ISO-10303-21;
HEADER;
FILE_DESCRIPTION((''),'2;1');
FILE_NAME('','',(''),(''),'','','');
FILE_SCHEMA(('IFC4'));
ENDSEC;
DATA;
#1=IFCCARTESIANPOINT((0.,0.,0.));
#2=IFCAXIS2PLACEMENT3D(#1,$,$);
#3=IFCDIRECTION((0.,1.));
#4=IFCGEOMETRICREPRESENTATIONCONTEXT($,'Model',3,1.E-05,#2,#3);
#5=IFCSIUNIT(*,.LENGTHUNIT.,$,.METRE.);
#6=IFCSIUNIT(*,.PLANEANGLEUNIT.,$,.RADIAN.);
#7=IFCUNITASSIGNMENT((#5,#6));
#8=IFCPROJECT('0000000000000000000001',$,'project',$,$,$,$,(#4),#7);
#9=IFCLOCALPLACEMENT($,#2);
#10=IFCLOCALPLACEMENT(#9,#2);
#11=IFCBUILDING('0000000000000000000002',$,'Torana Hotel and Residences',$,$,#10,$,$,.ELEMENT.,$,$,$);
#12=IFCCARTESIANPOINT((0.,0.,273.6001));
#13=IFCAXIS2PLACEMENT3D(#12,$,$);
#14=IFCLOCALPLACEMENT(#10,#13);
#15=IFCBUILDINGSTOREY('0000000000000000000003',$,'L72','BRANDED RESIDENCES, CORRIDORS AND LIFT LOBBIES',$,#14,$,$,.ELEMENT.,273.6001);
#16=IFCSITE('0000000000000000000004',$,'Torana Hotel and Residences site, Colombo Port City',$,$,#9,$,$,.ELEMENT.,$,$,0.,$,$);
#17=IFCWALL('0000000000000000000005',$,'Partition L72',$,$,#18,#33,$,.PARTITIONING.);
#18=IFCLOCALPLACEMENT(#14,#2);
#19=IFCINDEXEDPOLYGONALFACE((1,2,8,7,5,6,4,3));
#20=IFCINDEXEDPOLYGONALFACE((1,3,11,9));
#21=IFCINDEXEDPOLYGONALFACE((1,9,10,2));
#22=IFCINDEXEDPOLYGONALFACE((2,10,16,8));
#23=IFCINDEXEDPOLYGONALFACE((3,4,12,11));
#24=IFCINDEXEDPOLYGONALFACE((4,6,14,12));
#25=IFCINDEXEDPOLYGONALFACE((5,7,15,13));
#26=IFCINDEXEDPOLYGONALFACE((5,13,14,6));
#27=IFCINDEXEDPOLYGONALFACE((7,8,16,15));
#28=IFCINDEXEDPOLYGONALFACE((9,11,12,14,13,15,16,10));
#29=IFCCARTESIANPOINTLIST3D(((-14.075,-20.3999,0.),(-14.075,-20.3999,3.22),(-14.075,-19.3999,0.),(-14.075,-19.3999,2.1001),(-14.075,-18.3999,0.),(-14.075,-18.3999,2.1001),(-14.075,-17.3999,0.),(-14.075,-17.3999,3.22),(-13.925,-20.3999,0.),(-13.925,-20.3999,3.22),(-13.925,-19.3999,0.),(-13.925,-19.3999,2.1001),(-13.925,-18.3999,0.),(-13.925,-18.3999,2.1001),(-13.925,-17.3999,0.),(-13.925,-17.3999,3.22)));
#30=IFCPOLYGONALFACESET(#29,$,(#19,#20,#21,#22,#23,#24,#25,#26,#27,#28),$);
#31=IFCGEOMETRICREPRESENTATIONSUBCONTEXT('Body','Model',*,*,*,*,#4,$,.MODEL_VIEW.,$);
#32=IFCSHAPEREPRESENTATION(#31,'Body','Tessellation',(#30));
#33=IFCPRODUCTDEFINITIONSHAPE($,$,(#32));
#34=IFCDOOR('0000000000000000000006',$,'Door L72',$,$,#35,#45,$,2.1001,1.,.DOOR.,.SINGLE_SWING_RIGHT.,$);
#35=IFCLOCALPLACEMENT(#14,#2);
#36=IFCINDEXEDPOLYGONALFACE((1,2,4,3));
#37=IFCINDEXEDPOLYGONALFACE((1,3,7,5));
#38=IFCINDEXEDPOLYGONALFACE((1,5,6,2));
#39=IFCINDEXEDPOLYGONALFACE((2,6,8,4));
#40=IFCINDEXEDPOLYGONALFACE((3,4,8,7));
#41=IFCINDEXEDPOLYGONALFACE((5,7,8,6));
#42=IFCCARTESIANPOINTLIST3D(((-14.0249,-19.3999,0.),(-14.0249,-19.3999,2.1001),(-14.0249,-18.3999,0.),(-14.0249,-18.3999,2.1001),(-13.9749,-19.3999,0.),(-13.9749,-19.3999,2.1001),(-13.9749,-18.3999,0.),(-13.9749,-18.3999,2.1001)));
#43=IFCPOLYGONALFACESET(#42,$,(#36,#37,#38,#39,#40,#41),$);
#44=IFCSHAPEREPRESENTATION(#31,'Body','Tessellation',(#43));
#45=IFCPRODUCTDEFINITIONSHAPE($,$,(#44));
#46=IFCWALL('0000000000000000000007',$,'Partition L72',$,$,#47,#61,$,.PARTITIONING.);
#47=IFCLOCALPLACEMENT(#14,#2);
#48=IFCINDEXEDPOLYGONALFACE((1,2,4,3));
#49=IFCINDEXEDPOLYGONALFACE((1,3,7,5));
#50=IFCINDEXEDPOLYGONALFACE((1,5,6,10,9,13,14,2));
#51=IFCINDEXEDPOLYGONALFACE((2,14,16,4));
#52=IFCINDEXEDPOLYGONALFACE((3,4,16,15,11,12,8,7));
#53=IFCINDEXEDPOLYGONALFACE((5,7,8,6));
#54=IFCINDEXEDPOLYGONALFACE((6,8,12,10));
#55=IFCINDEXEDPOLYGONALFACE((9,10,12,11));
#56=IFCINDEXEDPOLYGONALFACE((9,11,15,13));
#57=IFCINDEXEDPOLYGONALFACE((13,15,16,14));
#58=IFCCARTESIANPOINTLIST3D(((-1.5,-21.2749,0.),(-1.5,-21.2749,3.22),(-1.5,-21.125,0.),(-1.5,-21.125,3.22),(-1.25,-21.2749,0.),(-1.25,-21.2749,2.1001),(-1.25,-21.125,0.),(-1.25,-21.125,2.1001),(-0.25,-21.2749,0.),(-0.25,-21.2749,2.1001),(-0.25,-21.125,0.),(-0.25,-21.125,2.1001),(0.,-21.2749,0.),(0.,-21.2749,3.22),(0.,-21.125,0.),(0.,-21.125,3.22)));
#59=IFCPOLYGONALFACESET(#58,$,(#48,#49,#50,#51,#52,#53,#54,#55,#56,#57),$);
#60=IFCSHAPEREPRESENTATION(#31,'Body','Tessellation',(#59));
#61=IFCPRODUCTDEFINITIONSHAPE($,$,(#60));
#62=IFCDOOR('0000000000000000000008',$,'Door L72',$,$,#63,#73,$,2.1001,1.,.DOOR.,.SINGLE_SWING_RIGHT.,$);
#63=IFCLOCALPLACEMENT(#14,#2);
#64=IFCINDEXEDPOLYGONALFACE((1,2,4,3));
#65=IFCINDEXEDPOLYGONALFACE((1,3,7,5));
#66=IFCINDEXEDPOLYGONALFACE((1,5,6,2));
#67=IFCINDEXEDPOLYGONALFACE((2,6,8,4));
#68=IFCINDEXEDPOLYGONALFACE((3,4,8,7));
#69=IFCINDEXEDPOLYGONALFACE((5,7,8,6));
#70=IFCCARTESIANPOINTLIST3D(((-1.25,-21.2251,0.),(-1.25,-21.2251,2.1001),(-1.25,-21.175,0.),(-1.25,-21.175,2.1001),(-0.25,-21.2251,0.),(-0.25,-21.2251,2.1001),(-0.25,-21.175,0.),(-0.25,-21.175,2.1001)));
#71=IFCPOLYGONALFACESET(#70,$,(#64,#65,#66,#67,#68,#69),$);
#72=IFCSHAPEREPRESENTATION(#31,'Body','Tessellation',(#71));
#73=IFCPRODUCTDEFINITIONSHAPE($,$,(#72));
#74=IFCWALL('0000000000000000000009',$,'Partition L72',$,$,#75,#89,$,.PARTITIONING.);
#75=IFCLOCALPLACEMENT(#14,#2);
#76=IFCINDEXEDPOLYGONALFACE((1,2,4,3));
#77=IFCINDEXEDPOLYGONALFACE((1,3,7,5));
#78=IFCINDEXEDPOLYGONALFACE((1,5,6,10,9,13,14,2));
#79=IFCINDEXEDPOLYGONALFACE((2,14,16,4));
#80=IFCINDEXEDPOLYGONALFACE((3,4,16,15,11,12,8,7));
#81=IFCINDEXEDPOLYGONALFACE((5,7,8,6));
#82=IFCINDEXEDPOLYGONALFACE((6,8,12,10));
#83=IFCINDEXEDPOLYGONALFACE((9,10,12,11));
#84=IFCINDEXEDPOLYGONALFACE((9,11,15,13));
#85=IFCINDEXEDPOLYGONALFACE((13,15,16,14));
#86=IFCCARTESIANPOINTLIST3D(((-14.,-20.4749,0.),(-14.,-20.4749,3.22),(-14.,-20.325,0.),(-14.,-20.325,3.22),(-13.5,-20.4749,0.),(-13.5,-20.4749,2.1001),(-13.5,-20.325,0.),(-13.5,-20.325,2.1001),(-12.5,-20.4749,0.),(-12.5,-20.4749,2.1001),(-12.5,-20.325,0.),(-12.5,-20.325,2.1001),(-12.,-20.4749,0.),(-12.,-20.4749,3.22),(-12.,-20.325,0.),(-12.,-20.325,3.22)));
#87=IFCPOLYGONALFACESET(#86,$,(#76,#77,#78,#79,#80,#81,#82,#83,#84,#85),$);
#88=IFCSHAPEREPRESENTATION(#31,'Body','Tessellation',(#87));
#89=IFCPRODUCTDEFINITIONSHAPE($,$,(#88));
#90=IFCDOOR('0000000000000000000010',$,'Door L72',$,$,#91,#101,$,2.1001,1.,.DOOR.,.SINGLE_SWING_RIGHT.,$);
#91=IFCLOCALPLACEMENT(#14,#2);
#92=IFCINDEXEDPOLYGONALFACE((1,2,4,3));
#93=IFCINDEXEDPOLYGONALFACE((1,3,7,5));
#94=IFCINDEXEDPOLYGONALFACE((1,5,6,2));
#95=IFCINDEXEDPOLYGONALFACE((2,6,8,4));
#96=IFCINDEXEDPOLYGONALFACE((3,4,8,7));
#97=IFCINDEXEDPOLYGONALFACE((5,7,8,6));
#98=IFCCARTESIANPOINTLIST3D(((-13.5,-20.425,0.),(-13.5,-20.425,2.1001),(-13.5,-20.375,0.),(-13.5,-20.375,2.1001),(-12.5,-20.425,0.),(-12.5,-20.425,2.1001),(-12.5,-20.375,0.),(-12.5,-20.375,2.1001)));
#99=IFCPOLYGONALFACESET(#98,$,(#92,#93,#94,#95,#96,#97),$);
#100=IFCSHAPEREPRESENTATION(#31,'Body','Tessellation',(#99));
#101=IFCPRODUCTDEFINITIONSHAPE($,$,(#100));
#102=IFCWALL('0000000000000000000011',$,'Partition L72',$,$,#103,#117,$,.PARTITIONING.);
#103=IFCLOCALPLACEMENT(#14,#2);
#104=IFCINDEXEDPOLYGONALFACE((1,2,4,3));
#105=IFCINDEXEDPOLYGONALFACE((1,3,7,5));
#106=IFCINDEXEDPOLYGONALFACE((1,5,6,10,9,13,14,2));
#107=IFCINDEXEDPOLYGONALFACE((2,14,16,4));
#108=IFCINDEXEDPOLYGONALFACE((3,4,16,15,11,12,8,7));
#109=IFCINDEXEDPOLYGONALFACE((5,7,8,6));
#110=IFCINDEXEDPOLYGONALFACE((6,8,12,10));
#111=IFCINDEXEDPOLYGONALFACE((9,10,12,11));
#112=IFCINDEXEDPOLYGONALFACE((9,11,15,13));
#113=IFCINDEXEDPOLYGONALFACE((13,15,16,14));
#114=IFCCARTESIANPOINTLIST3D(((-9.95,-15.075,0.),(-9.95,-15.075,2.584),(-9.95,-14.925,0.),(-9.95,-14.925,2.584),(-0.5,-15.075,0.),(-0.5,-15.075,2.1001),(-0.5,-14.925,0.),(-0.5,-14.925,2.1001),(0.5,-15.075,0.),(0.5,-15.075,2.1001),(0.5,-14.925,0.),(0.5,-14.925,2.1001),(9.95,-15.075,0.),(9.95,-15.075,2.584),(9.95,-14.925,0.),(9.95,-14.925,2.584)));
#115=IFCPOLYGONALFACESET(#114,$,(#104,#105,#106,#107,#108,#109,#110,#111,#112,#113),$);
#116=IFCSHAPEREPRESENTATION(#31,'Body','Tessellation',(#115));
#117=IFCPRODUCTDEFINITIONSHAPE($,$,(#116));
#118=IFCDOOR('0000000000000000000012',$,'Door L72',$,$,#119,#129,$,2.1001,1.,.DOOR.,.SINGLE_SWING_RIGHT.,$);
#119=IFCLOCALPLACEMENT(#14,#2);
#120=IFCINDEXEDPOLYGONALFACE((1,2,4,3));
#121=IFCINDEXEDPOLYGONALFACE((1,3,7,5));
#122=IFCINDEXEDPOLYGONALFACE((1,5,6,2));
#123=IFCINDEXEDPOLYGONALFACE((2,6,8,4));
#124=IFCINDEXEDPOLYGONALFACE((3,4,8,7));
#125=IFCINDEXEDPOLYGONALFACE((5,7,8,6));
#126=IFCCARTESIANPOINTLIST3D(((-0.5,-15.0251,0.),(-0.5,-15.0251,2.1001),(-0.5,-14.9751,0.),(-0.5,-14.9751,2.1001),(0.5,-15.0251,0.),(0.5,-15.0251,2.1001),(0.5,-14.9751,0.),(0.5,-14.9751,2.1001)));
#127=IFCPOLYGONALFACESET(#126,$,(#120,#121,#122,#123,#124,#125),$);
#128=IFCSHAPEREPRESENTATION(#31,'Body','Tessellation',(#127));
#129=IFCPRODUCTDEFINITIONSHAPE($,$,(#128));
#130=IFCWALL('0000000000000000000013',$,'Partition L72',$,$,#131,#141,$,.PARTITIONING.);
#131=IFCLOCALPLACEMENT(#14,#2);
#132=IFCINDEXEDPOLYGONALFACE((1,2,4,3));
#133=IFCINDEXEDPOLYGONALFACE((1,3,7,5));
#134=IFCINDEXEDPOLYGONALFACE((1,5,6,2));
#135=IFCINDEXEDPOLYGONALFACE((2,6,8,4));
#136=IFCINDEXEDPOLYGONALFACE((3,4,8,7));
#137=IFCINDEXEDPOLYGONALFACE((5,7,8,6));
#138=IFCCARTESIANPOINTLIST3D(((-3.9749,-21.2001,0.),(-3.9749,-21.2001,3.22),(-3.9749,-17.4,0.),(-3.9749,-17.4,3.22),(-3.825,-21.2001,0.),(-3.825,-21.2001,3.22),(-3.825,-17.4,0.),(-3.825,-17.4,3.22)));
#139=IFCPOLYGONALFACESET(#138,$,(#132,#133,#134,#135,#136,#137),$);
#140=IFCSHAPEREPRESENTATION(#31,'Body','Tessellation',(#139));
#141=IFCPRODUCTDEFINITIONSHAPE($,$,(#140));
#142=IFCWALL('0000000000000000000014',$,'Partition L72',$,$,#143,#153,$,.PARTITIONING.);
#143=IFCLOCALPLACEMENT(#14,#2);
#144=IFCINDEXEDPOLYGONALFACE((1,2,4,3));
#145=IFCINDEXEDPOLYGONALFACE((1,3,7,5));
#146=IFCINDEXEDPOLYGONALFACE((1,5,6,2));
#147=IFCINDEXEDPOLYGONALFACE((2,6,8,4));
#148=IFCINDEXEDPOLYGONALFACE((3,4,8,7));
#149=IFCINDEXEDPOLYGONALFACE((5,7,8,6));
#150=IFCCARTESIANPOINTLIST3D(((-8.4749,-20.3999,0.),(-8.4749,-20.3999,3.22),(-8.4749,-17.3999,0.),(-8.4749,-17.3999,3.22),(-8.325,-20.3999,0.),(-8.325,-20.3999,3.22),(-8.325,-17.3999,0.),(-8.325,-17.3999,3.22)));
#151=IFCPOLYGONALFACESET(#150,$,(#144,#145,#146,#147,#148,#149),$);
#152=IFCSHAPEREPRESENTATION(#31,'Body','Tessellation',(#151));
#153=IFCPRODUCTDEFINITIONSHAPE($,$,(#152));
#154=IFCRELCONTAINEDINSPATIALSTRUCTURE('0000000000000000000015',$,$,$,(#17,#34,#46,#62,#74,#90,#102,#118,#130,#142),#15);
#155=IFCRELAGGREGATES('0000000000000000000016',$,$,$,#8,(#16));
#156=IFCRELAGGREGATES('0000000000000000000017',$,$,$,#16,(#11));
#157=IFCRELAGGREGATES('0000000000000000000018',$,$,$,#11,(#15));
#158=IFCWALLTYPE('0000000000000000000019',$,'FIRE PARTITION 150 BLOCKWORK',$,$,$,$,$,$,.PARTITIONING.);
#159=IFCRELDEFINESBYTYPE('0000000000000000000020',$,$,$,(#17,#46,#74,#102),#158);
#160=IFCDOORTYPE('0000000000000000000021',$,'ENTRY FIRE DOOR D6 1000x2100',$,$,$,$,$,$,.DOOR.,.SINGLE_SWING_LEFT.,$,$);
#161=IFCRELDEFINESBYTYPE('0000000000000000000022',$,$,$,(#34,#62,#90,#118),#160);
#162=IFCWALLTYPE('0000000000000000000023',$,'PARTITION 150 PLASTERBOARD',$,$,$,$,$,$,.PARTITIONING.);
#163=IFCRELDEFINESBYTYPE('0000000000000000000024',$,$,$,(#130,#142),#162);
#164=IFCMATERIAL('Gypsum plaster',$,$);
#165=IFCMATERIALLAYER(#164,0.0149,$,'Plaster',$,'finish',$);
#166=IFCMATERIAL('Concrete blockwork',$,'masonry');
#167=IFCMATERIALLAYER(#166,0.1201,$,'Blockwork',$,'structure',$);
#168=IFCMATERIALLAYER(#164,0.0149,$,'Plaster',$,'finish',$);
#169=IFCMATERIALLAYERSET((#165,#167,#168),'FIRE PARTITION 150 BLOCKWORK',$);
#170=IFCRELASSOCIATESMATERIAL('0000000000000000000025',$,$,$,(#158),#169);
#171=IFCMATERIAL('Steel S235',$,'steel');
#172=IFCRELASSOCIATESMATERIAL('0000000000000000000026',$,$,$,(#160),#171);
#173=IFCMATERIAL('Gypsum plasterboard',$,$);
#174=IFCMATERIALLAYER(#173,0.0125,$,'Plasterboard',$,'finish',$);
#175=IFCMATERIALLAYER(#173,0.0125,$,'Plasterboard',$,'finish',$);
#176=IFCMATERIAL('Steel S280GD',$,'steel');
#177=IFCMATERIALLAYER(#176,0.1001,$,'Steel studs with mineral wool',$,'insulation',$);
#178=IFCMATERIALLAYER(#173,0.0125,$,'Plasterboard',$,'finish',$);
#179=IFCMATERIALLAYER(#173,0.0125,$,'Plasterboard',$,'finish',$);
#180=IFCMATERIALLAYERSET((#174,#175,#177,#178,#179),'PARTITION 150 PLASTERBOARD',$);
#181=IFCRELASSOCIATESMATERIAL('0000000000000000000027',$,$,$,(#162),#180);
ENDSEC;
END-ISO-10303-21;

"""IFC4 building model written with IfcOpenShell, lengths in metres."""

from ifc_helpers import new_model, si_unit, direction, frame, frame_2d, origin, place, context, subcontext, project, spatial, rectangle, extrude, material, layer, layer_set, type_object, element, fill, save


model = new_model("IFC4")

# Units and contexts
model_context = context("Model", 3, precision=1e-05, world=origin(), true_north=direction((0.0, 1.0)))
body_context = subcontext(model_context, "Body", "Model", "MODEL_VIEW")
ifc_project = project(units=[si_unit("LENGTHUNIT", "METRE"), si_unit("PLANEANGLEUNIT", "RADIAN")], contexts=[model_context])

# Site, building, storey
site_placement = place(None, origin())
site = spatial("IfcSite", under=ifc_project, at=site_placement, Name="Torana Hotel and Residences site, Colombo Port City", CompositionType="ELEMENT", RefElevation=0.0)
building_placement = place(site_placement, origin())
building = spatial("IfcBuilding", under=site, at=building_placement, Name="Torana Hotel and Residences", CompositionType="ELEMENT")
storey_placement = place(building_placement, frame((0.0, 0.0, 273.6001)))
storey = spatial("IfcBuildingStorey", under=building, at=storey_placement, Name="L72", Description="BRANDED RESIDENCES, CORRIDORS AND LIFT LOBBIES", CompositionType="ELEMENT", Elevation=273.6001)

# Walls, openings, doors
ifc_material_1 = material(Name="Gypsum plaster")
ifc_layer_1 = layer(ifc_material_1, 0.0149, Name="Plaster", Category="finish")
ifc_material_2 = material(Name="Concrete blockwork", Category="masonry")
ifc_layer_2 = layer(ifc_material_2, 0.1201, Name="Blockwork", Category="structure")
ifc_layer_3 = layer(ifc_material_1, 0.0149, Name="Plaster", Category="finish")
ifc_layer_set_1 = layer_set([ifc_layer_1, ifc_layer_2, ifc_layer_3], Name="FIRE PARTITION 150 BLOCKWORK")
wall_type_1 = type_object("IfcWallType", Name="FIRE PARTITION 150 BLOCKWORK", PredefinedType="PARTITIONING", material=ifc_layer_set_1)
ifc_material_3 = material(Name="Steel S235", Category="steel")
door_type_1 = type_object("IfcDoorType", Name="ENTRY FIRE DOOR D6 1000x2100", OperationType="SINGLE_SWING_LEFT", PredefinedType="DOOR", material=ifc_material_3)
wall_1_placement = place(storey_placement, frame((-14.0, -20.3999, 0.0), z_axis=(0.0, 0.0, 1.0), x_axis=(0.0, 1.0, 0.0)))
wall_1 = element("IfcWall", 1, at=wall_1_placement, inside=storey, type_object=wall_type_1, Name="Partition L72", PredefinedType="PARTITIONING", context=body_context, shape_type="SweptSolid", body=[
    extrude(rectangle(XDim=3.0, YDim=0.1499, at=frame_2d((1.5, 0.0))), origin(), (0.0, 0.0, 1.0), 3.22),
])
opening_1_placement = place(wall_1_placement, frame((1.0, 0.0, 0.0)))
opening_1 = element("IfcOpeningElement", 2, at=opening_1_placement, cuts=wall_1, PredefinedType="OPENING", context=body_context, shape_type="SweptSolid", body=[
    extrude(rectangle(XDim=1.0, YDim=2.1001, at=frame_2d((0.5, 1.05))), frame((0.0, 0.085, 0.0), z_axis=(0.0, -1.0, 0.0), x_axis=(1.0, 0.0, 0.0)), (0.0, 0.0, 1.0), 0.1699),
])
door_1_placement = place(opening_1_placement, origin())
door_1 = element("IfcDoor", 3, at=door_1_placement, inside=storey, type_object=door_type_1, Name="Door L72", OperationType="SINGLE_SWING_RIGHT", OverallHeight=2.1001, OverallWidth=1.0, PredefinedType="DOOR", context=body_context, shape_type="SweptSolid", body=[
    extrude(rectangle(XDim=1.0, YDim=2.1001, at=frame_2d((0.5, 1.05))), frame((0.0, 0.0249, 0.0), z_axis=(0.0, -1.0, 0.0), x_axis=(1.0, 0.0, 0.0)), (0.0, 0.0, 1.0), 0.05),
])
fill(opening_1, door_1)
wall_2_placement = place(storey_placement, frame((-1.5, -21.2, 0.0), z_axis=(0.0, 0.0, 1.0), x_axis=(1.0, 0.0, 0.0)))
wall_2 = element("IfcWall", 4, at=wall_2_placement, inside=storey, type_object=wall_type_1, Name="Partition L72", PredefinedType="PARTITIONING", context=body_context, shape_type="SweptSolid", body=[
    extrude(rectangle(XDim=1.5, YDim=0.1499, at=frame_2d((0.75, 0.0))), origin(), (0.0, 0.0, 1.0), 3.22),
])
opening_2_placement = place(wall_2_placement, frame((0.25, 0.0, 0.0)))
opening_2 = element("IfcOpeningElement", 5, at=opening_2_placement, cuts=wall_2, PredefinedType="OPENING", context=body_context, shape_type="SweptSolid", body=[
    extrude(rectangle(XDim=1.0, YDim=2.1001, at=frame_2d((0.5, 1.05))), frame((0.0, 0.085, 0.0), z_axis=(0.0, -1.0, 0.0), x_axis=(1.0, 0.0, 0.0)), (0.0, 0.0, 1.0), 0.1699),
])
door_2_placement = place(opening_2_placement, frame((0.5, 0.0, 0.0), z_axis=(0.0, 0.0, 1.0), x_axis=(-1.0, 0.0, 0.0)))
door_2 = element("IfcDoor", 6, at=door_2_placement, inside=storey, type_object=door_type_1, Name="Door L72", OperationType="SINGLE_SWING_RIGHT", OverallHeight=2.1001, OverallWidth=1.0, PredefinedType="DOOR", context=body_context, shape_type="SweptSolid", body=[
    extrude(rectangle(XDim=1.0, YDim=2.1001, at=frame_2d((0.0, 1.05))), frame((0.0, -0.0249, 0.0), z_axis=(0.0, 1.0, 0.0), x_axis=(-1.0, 0.0, 0.0)), (0.0, 0.0, 1.0), 0.05),
])
fill(opening_2, door_2)
wall_3_placement = place(storey_placement, frame((-14.0, -20.3999, 0.0), z_axis=(0.0, 0.0, 1.0), x_axis=(1.0, 0.0, 0.0)))
wall_3 = element("IfcWall", 7, at=wall_3_placement, inside=storey, type_object=wall_type_1, Name="Partition L72", PredefinedType="PARTITIONING", context=body_context, shape_type="SweptSolid", body=[
    extrude(rectangle(XDim=2.0, YDim=0.1499, at=frame_2d((1.0, 0.0))), origin(), (0.0, 0.0, 1.0), 3.22),
])
opening_3_placement = place(wall_3_placement, frame((0.5, 0.0, 0.0)))
opening_3 = element("IfcOpeningElement", 8, at=opening_3_placement, cuts=wall_3, PredefinedType="OPENING", context=body_context, shape_type="SweptSolid", body=[
    extrude(rectangle(XDim=1.0, YDim=2.1001, at=frame_2d((0.5, 1.05))), frame((0.0, 0.085, 0.0), z_axis=(0.0, -1.0, 0.0), x_axis=(1.0, 0.0, 0.0)), (0.0, 0.0, 1.0), 0.1699),
])
door_3_placement = place(opening_3_placement, frame((0.5, 0.0, 0.0), z_axis=(0.0, 0.0, 1.0), x_axis=(-1.0, 0.0, 0.0)))
door_3 = element("IfcDoor", 9, at=door_3_placement, inside=storey, type_object=door_type_1, Name="Door L72", OperationType="SINGLE_SWING_RIGHT", OverallHeight=2.1001, OverallWidth=1.0, PredefinedType="DOOR", context=body_context, shape_type="SweptSolid", body=[
    extrude(rectangle(XDim=1.0, YDim=2.1001, at=frame_2d((0.0, 1.05))), frame((0.0, -0.0249, 0.0), z_axis=(0.0, 1.0, 0.0), x_axis=(-1.0, 0.0, 0.0)), (0.0, 0.0, 1.0), 0.05),
])
fill(opening_3, door_3)
wall_4_placement = place(storey_placement, frame((-9.95, -15.0, 0.0), z_axis=(0.0, 0.0, 1.0), x_axis=(1.0, 0.0, 0.0)))
wall_4 = element("IfcWall", 10, at=wall_4_placement, inside=storey, type_object=wall_type_1, Name="Partition L72", PredefinedType="PARTITIONING", context=body_context, shape_type="SweptSolid", body=[
    extrude(rectangle(XDim=19.8999, YDim=0.1499, at=frame_2d((9.95, 0.0))), origin(), (0.0, 0.0, 1.0), 2.584),
])
opening_4_placement = place(wall_4_placement, frame((9.45, 0.0, 0.0)))
opening_4 = element("IfcOpeningElement", 11, at=opening_4_placement, cuts=wall_4, PredefinedType="OPENING", context=body_context, shape_type="SweptSolid", body=[
    extrude(rectangle(XDim=1.0, YDim=2.1001, at=frame_2d((0.5, 1.05))), frame((0.0, 0.085, 0.0), z_axis=(0.0, -1.0, 0.0), x_axis=(1.0, 0.0, 0.0)), (0.0, 0.0, 1.0), 0.1699),
])
door_4_placement = place(opening_4_placement, origin())
door_4 = element("IfcDoor", 12, at=door_4_placement, inside=storey, type_object=door_type_1, Name="Door L72", OperationType="SINGLE_SWING_RIGHT", OverallHeight=2.1001, OverallWidth=1.0, PredefinedType="DOOR", context=body_context, shape_type="SweptSolid", body=[
    extrude(rectangle(XDim=1.0, YDim=2.1001, at=frame_2d((0.5, 1.05))), frame((0.0, 0.0249, 0.0), z_axis=(0.0, -1.0, 0.0), x_axis=(1.0, 0.0, 0.0)), (0.0, 0.0, 1.0), 0.05),
])
fill(opening_4, door_4)

# Walls
ifc_material_4 = material(Name="Gypsum plasterboard")
ifc_layer_4 = layer(ifc_material_4, 0.0125, Name="Plasterboard", Category="finish")
ifc_layer_5 = layer(ifc_material_4, 0.0125, Name="Plasterboard", Category="finish")
ifc_material_5 = material(Name="Steel S280GD", Category="steel")
ifc_layer_6 = layer(ifc_material_5, 0.1001, Name="Steel studs with mineral wool", Category="insulation")
ifc_layer_7 = layer(ifc_material_4, 0.0125, Name="Plasterboard", Category="finish")
ifc_layer_8 = layer(ifc_material_4, 0.0125, Name="Plasterboard", Category="finish")
ifc_layer_set_2 = layer_set([ifc_layer_4, ifc_layer_5, ifc_layer_6, ifc_layer_7, ifc_layer_8], Name="PARTITION 150 PLASTERBOARD")
wall_type_2 = type_object("IfcWallType", Name="PARTITION 150 PLASTERBOARD", PredefinedType="PARTITIONING", material=ifc_layer_set_2)
wall_5_placement = place(storey_placement, frame((-3.8999, -21.2, 0.0), z_axis=(0.0, 0.0, 1.0), x_axis=(0.0, 1.0, 0.0)))
element("IfcWall", 13, at=wall_5_placement, inside=storey, type_object=wall_type_2, Name="Partition L72", PredefinedType="PARTITIONING", context=body_context, shape_type="SweptSolid", body=[
    extrude(rectangle(XDim=3.8, YDim=0.1499, at=frame_2d((1.8999, 0.0))), origin(), (0.0, 0.0, 1.0), 3.22),
])
wall_6_placement = place(storey_placement, frame((-8.3999, -20.3999, 0.0), z_axis=(0.0, 0.0, 1.0), x_axis=(0.0, 1.0, 0.0)))
element("IfcWall", 14, at=wall_6_placement, inside=storey, type_object=wall_type_2, Name="Partition L72", PredefinedType="PARTITIONING", context=body_context, shape_type="SweptSolid", body=[
    extrude(rectangle(XDim=3.0, YDim=0.1499, at=frame_2d((1.5, 0.0))), origin(), (0.0, 0.0, 1.0), 3.22),
])

save(model, "model.ifc")
